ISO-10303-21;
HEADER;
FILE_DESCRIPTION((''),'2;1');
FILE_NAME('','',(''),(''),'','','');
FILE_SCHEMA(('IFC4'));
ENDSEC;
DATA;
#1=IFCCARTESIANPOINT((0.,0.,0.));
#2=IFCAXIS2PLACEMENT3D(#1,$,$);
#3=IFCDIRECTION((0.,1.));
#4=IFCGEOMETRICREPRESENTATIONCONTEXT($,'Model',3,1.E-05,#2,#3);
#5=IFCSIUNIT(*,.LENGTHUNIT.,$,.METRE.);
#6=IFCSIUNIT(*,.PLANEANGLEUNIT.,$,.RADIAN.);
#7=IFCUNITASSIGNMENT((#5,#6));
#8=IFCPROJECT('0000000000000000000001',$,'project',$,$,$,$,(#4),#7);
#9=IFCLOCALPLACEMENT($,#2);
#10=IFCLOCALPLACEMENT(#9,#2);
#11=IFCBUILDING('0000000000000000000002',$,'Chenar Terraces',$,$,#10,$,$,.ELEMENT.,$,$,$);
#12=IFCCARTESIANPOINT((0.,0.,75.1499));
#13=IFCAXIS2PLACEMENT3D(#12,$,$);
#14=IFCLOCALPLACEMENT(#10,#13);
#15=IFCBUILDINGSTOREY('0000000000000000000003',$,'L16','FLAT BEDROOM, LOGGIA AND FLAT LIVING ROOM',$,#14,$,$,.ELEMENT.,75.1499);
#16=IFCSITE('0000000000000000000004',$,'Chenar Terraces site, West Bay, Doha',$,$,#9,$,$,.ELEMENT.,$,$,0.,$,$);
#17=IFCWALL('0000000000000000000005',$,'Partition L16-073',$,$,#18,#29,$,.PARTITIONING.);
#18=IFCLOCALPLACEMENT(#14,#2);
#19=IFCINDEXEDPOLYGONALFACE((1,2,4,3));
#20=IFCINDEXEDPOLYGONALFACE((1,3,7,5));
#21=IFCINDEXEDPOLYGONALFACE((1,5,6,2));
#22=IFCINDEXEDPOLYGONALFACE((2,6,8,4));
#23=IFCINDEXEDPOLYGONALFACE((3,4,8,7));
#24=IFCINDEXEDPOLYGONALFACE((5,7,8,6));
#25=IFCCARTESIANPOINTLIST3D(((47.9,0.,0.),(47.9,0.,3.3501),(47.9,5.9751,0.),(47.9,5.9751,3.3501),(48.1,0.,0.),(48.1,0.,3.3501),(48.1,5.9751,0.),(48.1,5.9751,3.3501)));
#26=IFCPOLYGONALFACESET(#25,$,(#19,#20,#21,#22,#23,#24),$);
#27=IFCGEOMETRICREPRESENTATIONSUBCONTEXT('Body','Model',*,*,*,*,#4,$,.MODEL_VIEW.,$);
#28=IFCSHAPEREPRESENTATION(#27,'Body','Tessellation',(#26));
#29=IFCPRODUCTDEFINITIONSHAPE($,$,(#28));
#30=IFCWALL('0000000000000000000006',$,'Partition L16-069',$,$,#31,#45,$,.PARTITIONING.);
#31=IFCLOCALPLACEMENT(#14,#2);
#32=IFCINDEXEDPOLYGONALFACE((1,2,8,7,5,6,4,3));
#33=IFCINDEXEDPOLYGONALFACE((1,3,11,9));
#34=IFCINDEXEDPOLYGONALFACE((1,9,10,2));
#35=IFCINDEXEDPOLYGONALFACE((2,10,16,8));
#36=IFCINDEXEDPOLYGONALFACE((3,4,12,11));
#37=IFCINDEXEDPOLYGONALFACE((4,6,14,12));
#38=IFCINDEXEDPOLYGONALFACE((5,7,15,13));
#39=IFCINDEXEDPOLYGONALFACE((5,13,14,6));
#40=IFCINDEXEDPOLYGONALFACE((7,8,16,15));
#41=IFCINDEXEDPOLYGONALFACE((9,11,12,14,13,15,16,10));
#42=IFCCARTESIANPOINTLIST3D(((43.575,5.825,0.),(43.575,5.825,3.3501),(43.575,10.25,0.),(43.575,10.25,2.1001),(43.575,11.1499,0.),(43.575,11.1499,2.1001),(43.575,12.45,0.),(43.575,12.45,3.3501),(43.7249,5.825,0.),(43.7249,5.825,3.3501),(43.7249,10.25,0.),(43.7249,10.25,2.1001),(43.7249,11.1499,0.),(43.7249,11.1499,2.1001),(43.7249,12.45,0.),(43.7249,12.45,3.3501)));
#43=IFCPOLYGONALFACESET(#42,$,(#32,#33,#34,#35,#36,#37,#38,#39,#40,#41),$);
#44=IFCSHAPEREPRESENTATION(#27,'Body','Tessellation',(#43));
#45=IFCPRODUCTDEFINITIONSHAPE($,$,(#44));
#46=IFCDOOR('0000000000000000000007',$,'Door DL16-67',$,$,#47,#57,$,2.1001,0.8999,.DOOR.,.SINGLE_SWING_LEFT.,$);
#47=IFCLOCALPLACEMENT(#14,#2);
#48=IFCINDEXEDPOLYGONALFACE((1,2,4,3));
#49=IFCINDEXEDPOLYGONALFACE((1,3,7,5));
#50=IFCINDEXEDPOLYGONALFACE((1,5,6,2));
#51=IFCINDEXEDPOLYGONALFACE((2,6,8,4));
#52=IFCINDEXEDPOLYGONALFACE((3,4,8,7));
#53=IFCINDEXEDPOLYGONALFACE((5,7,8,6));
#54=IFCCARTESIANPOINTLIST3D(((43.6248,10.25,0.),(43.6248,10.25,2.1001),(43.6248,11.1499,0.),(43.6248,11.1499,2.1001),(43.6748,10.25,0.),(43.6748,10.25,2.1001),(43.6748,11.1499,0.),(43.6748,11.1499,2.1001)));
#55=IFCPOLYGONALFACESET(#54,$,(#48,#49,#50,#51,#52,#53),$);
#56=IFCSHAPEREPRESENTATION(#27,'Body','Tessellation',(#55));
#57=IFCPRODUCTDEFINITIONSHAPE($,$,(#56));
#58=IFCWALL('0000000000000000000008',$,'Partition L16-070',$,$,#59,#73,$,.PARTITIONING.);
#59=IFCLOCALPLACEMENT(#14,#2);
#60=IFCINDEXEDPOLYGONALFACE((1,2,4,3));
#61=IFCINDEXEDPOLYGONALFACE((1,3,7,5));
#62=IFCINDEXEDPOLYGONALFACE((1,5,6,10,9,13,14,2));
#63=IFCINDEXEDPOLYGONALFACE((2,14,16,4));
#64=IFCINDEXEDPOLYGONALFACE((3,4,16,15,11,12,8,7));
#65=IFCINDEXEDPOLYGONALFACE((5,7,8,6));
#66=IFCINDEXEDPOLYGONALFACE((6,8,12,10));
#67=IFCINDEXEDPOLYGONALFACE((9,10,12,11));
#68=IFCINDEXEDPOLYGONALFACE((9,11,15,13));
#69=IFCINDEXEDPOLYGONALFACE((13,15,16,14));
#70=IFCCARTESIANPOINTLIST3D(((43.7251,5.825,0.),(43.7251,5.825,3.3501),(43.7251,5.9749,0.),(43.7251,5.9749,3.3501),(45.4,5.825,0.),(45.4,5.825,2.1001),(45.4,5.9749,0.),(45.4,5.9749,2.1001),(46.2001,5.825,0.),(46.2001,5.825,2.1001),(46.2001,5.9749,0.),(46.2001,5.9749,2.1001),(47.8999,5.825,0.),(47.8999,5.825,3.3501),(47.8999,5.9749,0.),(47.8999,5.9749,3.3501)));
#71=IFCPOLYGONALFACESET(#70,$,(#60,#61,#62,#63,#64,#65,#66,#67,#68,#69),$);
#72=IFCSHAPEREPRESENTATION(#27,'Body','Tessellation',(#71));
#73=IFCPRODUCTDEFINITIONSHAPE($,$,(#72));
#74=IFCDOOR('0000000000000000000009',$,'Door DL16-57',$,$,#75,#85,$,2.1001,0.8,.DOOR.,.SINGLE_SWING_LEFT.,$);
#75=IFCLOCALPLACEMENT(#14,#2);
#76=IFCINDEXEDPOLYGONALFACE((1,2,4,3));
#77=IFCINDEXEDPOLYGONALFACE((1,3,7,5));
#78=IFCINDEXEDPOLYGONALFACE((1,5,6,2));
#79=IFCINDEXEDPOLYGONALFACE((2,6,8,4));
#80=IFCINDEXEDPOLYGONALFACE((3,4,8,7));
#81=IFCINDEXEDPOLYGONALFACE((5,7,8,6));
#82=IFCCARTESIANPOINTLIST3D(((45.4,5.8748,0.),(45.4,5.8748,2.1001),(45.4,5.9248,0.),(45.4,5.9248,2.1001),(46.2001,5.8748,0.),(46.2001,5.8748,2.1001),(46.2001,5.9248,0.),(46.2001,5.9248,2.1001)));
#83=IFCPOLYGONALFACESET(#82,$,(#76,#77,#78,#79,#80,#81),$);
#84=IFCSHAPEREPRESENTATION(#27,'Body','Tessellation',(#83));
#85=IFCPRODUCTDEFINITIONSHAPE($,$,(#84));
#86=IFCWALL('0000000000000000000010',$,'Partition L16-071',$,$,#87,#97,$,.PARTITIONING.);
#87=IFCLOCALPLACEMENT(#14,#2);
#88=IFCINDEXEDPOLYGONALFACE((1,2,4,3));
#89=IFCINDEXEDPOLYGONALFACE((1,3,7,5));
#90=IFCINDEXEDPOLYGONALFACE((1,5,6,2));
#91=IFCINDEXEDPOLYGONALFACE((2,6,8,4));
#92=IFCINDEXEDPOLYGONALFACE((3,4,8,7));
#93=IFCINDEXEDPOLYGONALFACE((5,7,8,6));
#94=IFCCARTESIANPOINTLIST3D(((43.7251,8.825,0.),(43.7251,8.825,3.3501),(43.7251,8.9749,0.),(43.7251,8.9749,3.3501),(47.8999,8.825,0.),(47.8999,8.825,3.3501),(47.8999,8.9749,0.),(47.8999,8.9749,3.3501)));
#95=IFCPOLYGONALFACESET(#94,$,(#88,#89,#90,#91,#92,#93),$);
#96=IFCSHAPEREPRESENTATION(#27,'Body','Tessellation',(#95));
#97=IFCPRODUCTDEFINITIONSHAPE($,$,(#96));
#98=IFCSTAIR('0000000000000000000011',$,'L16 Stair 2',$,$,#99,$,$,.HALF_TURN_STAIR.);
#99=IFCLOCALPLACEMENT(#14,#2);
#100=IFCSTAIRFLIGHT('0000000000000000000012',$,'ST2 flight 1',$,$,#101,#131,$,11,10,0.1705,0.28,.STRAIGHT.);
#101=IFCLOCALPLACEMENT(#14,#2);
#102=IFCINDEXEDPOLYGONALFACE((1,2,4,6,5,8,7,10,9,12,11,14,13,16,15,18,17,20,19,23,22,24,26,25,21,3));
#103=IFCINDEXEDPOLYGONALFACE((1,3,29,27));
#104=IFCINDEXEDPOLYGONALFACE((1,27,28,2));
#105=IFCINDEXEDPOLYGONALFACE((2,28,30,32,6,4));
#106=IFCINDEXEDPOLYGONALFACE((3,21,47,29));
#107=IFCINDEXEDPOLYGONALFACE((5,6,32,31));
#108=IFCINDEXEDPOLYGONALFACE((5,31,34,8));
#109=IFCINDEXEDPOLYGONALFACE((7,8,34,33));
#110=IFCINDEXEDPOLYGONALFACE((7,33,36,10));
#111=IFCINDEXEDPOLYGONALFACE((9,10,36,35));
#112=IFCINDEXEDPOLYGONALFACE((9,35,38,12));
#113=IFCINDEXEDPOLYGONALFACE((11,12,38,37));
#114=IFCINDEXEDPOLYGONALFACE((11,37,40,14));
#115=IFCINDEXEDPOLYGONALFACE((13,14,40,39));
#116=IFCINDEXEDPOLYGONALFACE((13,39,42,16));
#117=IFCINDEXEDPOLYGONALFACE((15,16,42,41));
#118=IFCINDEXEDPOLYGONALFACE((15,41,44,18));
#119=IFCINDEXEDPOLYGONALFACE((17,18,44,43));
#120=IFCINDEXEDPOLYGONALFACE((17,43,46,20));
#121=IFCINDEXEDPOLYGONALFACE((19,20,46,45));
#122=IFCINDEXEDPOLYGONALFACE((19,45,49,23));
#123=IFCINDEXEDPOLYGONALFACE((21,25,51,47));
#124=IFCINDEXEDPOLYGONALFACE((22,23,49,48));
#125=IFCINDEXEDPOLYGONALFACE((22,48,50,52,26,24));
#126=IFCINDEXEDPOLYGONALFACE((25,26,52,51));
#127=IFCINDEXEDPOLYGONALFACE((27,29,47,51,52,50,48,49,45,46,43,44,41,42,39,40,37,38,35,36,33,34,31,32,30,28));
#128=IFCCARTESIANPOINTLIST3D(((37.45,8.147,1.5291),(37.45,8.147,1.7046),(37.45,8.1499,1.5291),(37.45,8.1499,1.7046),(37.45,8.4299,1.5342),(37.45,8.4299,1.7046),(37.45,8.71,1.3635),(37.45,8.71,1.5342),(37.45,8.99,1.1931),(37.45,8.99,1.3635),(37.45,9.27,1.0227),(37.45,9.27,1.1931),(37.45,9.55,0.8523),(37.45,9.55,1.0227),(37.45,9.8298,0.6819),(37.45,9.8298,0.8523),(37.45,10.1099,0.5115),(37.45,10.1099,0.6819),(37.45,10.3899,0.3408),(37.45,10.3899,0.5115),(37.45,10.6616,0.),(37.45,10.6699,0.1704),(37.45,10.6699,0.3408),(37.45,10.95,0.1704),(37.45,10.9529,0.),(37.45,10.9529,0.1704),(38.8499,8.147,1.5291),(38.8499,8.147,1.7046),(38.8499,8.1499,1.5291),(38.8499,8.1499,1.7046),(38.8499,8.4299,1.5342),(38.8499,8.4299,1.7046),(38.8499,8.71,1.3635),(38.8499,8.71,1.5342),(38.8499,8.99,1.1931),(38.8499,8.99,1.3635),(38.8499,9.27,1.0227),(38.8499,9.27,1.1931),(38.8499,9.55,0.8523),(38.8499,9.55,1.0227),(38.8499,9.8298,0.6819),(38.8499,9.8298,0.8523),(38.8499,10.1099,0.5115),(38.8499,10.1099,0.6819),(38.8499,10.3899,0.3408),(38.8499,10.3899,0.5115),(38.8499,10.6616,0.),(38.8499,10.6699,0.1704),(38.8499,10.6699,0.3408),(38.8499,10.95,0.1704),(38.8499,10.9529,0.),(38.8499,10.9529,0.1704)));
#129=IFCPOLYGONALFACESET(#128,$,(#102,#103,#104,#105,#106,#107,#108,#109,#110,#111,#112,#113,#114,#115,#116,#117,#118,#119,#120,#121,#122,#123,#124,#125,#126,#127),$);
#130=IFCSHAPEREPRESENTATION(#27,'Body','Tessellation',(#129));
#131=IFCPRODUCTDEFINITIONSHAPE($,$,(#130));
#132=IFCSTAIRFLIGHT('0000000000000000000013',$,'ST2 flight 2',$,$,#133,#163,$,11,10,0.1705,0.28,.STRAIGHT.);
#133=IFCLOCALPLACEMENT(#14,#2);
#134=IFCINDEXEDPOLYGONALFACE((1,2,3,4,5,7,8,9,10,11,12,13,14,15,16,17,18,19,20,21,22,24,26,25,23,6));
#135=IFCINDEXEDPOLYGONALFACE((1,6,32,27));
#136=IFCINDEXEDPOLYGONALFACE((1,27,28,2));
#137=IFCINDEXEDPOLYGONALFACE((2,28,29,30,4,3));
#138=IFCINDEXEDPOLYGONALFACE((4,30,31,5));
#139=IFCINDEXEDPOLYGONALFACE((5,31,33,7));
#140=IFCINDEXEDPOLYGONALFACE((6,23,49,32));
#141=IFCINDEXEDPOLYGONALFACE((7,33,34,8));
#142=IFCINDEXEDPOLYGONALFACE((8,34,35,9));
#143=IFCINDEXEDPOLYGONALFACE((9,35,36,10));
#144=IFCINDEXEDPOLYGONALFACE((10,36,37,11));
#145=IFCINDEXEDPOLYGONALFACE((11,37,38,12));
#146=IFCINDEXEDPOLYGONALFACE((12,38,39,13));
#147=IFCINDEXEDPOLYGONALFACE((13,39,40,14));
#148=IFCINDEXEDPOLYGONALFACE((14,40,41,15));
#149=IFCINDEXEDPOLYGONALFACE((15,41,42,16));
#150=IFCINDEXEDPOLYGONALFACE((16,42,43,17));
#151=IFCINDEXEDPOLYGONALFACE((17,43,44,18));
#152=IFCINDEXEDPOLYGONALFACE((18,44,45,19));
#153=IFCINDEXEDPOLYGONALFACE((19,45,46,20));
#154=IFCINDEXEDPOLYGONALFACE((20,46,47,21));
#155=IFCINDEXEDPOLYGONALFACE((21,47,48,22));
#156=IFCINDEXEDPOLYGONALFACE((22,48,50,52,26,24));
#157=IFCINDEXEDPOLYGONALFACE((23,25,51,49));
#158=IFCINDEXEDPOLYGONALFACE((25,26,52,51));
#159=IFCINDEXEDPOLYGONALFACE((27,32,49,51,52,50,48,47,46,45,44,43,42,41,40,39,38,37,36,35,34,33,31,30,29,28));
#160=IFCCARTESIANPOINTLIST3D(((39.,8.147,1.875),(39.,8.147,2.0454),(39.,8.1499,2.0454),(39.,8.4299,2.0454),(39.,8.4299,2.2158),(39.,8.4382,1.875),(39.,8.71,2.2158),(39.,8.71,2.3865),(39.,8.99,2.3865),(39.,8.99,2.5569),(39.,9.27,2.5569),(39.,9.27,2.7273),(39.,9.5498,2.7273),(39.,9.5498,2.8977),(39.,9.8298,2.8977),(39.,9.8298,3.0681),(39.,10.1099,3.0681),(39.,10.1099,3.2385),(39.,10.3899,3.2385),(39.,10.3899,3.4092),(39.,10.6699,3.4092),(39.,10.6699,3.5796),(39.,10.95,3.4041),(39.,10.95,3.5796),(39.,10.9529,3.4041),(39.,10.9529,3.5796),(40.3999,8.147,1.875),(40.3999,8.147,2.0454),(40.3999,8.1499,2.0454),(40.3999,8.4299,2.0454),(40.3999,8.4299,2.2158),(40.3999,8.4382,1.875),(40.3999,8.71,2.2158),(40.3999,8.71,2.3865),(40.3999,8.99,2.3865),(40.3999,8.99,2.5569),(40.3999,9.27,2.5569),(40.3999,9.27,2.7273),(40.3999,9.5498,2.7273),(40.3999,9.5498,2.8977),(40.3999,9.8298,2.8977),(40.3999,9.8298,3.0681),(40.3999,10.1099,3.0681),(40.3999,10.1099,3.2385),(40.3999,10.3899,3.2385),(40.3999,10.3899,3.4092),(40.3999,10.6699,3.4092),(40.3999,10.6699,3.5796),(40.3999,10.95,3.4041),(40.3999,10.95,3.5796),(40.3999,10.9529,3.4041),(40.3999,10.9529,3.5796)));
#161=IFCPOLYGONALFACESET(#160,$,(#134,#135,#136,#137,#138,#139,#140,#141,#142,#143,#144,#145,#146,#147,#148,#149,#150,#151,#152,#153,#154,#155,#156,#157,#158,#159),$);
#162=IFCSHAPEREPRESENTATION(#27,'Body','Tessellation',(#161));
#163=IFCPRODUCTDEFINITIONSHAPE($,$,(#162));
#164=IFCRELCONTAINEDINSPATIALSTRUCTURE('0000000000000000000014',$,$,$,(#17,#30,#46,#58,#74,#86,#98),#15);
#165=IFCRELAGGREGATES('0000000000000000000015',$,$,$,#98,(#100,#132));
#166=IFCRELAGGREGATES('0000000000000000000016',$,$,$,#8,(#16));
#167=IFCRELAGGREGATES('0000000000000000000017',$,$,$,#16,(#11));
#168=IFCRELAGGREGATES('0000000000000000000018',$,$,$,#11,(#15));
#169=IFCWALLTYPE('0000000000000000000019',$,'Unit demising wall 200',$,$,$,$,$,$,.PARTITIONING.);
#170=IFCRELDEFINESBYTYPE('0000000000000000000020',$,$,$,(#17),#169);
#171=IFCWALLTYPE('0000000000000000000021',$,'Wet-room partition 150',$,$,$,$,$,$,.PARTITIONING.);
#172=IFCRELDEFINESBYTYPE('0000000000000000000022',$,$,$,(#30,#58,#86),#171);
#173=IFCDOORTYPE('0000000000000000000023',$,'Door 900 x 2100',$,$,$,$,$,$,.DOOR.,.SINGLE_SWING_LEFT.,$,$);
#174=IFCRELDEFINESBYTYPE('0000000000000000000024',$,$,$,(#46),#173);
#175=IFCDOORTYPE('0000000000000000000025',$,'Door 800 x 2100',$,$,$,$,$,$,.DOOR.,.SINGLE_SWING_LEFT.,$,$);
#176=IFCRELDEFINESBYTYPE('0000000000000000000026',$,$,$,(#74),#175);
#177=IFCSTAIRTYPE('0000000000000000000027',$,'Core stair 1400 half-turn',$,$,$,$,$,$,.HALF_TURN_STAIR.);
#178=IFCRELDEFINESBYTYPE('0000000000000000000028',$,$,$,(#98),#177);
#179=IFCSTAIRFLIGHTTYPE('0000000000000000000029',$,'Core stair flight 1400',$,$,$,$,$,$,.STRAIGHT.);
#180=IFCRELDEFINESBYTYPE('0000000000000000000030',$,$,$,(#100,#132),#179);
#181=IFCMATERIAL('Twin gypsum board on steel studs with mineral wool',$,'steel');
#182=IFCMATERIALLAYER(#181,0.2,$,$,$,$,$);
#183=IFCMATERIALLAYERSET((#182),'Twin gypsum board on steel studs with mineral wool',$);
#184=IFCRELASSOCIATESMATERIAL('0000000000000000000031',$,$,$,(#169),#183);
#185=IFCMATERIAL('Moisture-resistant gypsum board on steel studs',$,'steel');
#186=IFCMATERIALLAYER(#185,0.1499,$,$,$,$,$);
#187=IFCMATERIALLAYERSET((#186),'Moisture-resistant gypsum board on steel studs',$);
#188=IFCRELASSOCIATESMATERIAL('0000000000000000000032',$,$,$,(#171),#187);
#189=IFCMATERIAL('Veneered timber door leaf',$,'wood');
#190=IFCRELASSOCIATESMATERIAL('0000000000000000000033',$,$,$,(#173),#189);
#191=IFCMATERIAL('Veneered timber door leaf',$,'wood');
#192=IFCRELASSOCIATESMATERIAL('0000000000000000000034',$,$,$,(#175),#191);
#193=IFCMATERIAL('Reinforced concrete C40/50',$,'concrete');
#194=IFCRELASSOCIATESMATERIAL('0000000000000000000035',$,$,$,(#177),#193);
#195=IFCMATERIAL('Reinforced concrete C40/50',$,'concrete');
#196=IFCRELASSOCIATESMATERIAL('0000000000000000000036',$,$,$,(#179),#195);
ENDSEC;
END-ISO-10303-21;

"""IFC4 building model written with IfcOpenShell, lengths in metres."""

from ifc_helpers import new_model, si_unit, direction, frame, frame_2d, origin, place, context, subcontext, project, spatial, polyline, rectangle, outline, extrude, material, layer, layer_set, type_object, element, fill, aggregate, save


model = new_model("IFC4")

# Units and contexts
model_context = context("Model", 3, precision=1e-05, world=origin(), true_north=direction((0.0, 1.0)))
body_context = subcontext(model_context, "Body", "Model", "MODEL_VIEW")
ifc_project = project(units=[si_unit("LENGTHUNIT", "METRE"), si_unit("PLANEANGLEUNIT", "RADIAN")], contexts=[model_context])

# Site, building, storey
site_placement = place(None, origin())
site = spatial("IfcSite", under=ifc_project, at=site_placement, Name="Chenar Terraces site, West Bay, Doha", CompositionType="ELEMENT", RefElevation=0.0)
building_placement = place(site_placement, origin())
building = spatial("IfcBuilding", under=site, at=building_placement, Name="Chenar Terraces", CompositionType="ELEMENT")
storey_placement = place(building_placement, frame((0.0, 0.0, 75.1499)))
storey = spatial("IfcBuildingStorey", under=building, at=storey_placement, Name="L16", Description="FLAT BEDROOM, LOGGIA AND FLAT LIVING ROOM", CompositionType="ELEMENT", Elevation=75.1499)

# Wall
ifc_material_1 = material(Name="Twin gypsum board on steel studs with mineral wool", Category="steel")
ifc_layer_1 = layer(ifc_material_1, 0.2)
ifc_layer_set_1 = layer_set([ifc_layer_1], Name="Twin gypsum board on steel studs with mineral wool")
wall_type_1 = type_object("IfcWallType", Name="Unit demising wall 200", PredefinedType="PARTITIONING", material=ifc_layer_set_1)
wall_1_placement = place(storey_placement, frame((48.0, 0.0, 0.0), z_axis=(0.0, 0.0, 1.0), x_axis=(0.0, 1.0, 0.0)))
element("IfcWall", 1, at=wall_1_placement, inside=storey, type_object=wall_type_1, Name="Partition L16-073", PredefinedType="PARTITIONING", context=body_context, shape_type="SweptSolid", body=[
    extrude(rectangle(XDim=5.9751, YDim=0.2, at=frame_2d((2.9875, 0.0))), origin(), (0.0, 0.0, 1.0), 3.3501),
])

# Walls, openings, doors
ifc_material_2 = material(Name="Moisture-resistant gypsum board on steel studs", Category="steel")
ifc_layer_2 = layer(ifc_material_2, 0.1499)
ifc_layer_set_2 = layer_set([ifc_layer_2], Name="Moisture-resistant gypsum board on steel studs")
wall_type_2 = type_object("IfcWallType", Name="Wet-room partition 150", PredefinedType="PARTITIONING", material=ifc_layer_set_2)
wall_2_placement = place(storey_placement, frame((43.6499, 5.825, 0.0), z_axis=(0.0, 0.0, 1.0), x_axis=(0.0, 1.0, 0.0)))
wall_2 = element("IfcWall", 2, at=wall_2_placement, inside=storey, type_object=wall_type_2, Name="Partition L16-069", PredefinedType="PARTITIONING", context=body_context, shape_type="SweptSolid", body=[
    extrude(rectangle(XDim=6.625, YDim=0.1499, at=frame_2d((3.3125, 0.0))), origin(), (0.0, 0.0, 1.0), 3.3501),
])
opening_1_placement = place(wall_2_placement, frame((4.425, 0.0, 0.0)))
opening_1 = element("IfcOpeningElement", 3, at=opening_1_placement, cuts=wall_2, PredefinedType="OPENING", context=body_context, shape_type="SweptSolid", body=[
    extrude(rectangle(XDim=0.8999, YDim=2.1001, at=frame_2d((0.45, 1.05))), frame((0.0, 0.085, 0.0), z_axis=(0.0, -1.0, 0.0), x_axis=(1.0, 0.0, 0.0)), (0.0, 0.0, 1.0), 0.1699),
])
ifc_material_3 = material(Name="Veneered timber door leaf", Category="wood")
door_type_1 = type_object("IfcDoorType", Name="Door 900 x 2100", OperationType="SINGLE_SWING_LEFT", PredefinedType="DOOR", material=ifc_material_3)
door_1_placement = place(opening_1_placement, frame((0.8999, 0.0, 0.0), z_axis=(0.0, 0.0, 1.0), x_axis=(-1.0, 0.0, 0.0)))
door_1 = element("IfcDoor", 4, at=door_1_placement, inside=storey, type_object=door_type_1, Name="Door DL16-67", OperationType="SINGLE_SWING_LEFT", OverallHeight=2.1001, OverallWidth=0.8999, PredefinedType="DOOR", context=body_context, shape_type="SweptSolid", body=[
    extrude(rectangle(XDim=0.8999, YDim=2.1001, at=frame_2d((0.45, 1.05))), frame((0.0, 0.0249, 0.0), z_axis=(0.0, -1.0, 0.0), x_axis=(1.0, 0.0, 0.0)), (0.0, 0.0, 1.0), 0.05),
])
fill(opening_1, door_1)
wall_3_placement = place(storey_placement, frame((43.7251, 5.8999, 0.0), z_axis=(0.0, 0.0, 1.0), x_axis=(1.0, 0.0, 0.0)))
wall_3 = element("IfcWall", 5, at=wall_3_placement, inside=storey, type_object=wall_type_2, Name="Partition L16-070", PredefinedType="PARTITIONING", context=body_context, shape_type="SweptSolid", body=[
    extrude(rectangle(XDim=4.1748, YDim=0.1499, at=frame_2d((2.0874, 0.0))), origin(), (0.0, 0.0, 1.0), 3.3501),
])
opening_2_placement = place(wall_3_placement, frame((1.675, 0.0, 0.0)))
opening_2 = element("IfcOpeningElement", 6, at=opening_2_placement, cuts=wall_3, PredefinedType="OPENING", context=body_context, shape_type="SweptSolid", body=[
    extrude(rectangle(XDim=0.8, YDim=2.1001, at=frame_2d((0.3999, 1.05))), frame((0.0, 0.085, 0.0), z_axis=(0.0, -1.0, 0.0), x_axis=(1.0, 0.0, 0.0)), (0.0, 0.0, 1.0), 0.1699),
])
ifc_material_4 = material(Name="Veneered timber door leaf", Category="wood")
door_type_2 = type_object("IfcDoorType", Name="Door 800 x 2100", OperationType="SINGLE_SWING_LEFT", PredefinedType="DOOR", material=ifc_material_4)
door_2_placement = place(opening_2_placement, origin())
door_2 = element("IfcDoor", 7, at=door_2_placement, inside=storey, type_object=door_type_2, Name="Door DL16-57", OperationType="SINGLE_SWING_LEFT", OverallHeight=2.1001, OverallWidth=0.8, PredefinedType="DOOR", context=body_context, shape_type="SweptSolid", body=[
    extrude(rectangle(XDim=0.8, YDim=2.1001, at=frame_2d((0.3999, 1.05))), frame((0.0, 0.0249, 0.0), z_axis=(0.0, -1.0, 0.0), x_axis=(1.0, 0.0, 0.0)), (0.0, 0.0, 1.0), 0.05),
])
fill(opening_2, door_2)

# Wall
wall_4_placement = place(storey_placement, frame((43.7251, 8.8999, 0.0), z_axis=(0.0, 0.0, 1.0), x_axis=(1.0, 0.0, 0.0)))
element("IfcWall", 8, at=wall_4_placement, inside=storey, type_object=wall_type_2, Name="Partition L16-071", PredefinedType="PARTITIONING", context=body_context, shape_type="SweptSolid", body=[
    extrude(rectangle(XDim=4.1748, YDim=0.1499, at=frame_2d((2.0874, 0.0))), origin(), (0.0, 0.0, 1.0), 3.3501),
])

# Stair, stair flights
ifc_material_5 = material(Name="Reinforced concrete C40/50", Category="concrete")
stair_type = type_object("IfcStairType", Name="Core stair 1400 half-turn", PredefinedType="HALF_TURN_STAIR", material=ifc_material_5)
stair_placement = place(storey_placement, origin())
stair = element("IfcStair", 9, at=stair_placement, inside=storey, type_object=stair_type, Name="L16 Stair 2", PredefinedType="HALF_TURN_STAIR")
ifc_material_6 = material(Name="Reinforced concrete C40/50", Category="concrete")
stair_flight_type = type_object("IfcStairFlightType", Name="Core stair flight 1400", PredefinedType="STRAIGHT", material=ifc_material_6)
stair_flight_1_placement = place(storey_placement, frame((38.1499, 10.95, 0.0), z_axis=(0.0, 0.0, 1.0), x_axis=(0.0, -1.0, 0.0)))
stair_flight_1 = element("IfcStairFlight", 10, at=stair_flight_1_placement, type_object=stair_flight_type, Name="ST2 flight 1", NumberOfRisers=11, NumberOfTreads=10, PredefinedType="STRAIGHT", RiserHeight=0.1705, TreadLength=0.28, context=body_context, shape_type="SweptSolid", body=[
    extrude(outline(polyline([(-0.0029, 0.0), (-0.0029, 0.1704), (0.0, 0.1704), (0.28, 0.1704), (0.28, 0.3408), (0.5601, 0.3408), (0.5601, 0.5115), (0.8401, 0.5115), (0.8401, 0.6819), (1.1201, 0.6819), (1.1201, 0.8523), (1.3999, 0.8523), (1.3999, 1.0227), (1.6799, 1.0227), (1.6799, 1.1931), (1.96, 1.1931), (1.96, 1.3635), (2.24, 1.3635), (2.24, 1.5342), (2.52, 1.5342), (2.52, 1.7046), (2.8, 1.7046), (2.803, 1.7046), (2.803, 1.5291), (2.8, 1.5291), (0.2883, 0.0), (-0.0029, 0.0)])), frame((0.0, 0.7, 0.0), z_axis=(0.0, -1.0, 0.0), x_axis=(1.0, 0.0, 0.0)), (0.0, 0.0, 1.0), 1.3999),
])
stair_flight_2_placement = place(storey_placement, frame((39.7, 8.1499, 1.875), z_axis=(0.0, 0.0, 1.0), x_axis=(0.0, 1.0, 0.0)))
stair_flight_2 = element("IfcStairFlight", 11, at=stair_flight_2_placement, type_object=stair_flight_type, Name="ST2 flight 2", NumberOfRisers=11, NumberOfTreads=10, PredefinedType="STRAIGHT", RiserHeight=0.1705, TreadLength=0.28, context=body_context, shape_type="SweptSolid", body=[
    extrude(outline(polyline([(-0.0029, 0.0), (-0.0029, 0.1704), (0.0, 0.1704), (0.28, 0.1704), (0.28, 0.3408), (0.5601, 0.3408), (0.5601, 0.5115), (0.8401, 0.5115), (0.8401, 0.6819), (1.1201, 0.6819), (1.1201, 0.8523), (1.3999, 0.8523), (1.3999, 1.0227), (1.6799, 1.0227), (1.6799, 1.1931), (1.96, 1.1931), (1.96, 1.3635), (2.24, 1.3635), (2.24, 1.5342), (2.52, 1.5342), (2.52, 1.7046), (2.8, 1.7046), (2.803, 1.7046), (2.803, 1.5291), (2.8, 1.5291), (0.2883, 0.0), (-0.0029, 0.0)])), frame((0.0, 0.7, 0.0), z_axis=(0.0, -1.0, 0.0), x_axis=(1.0, 0.0, 0.0)), (0.0, 0.0, 1.0), 1.3999),
])
aggregate(stair, [stair_flight_1, stair_flight_2])

save(model, "model.ifc")
